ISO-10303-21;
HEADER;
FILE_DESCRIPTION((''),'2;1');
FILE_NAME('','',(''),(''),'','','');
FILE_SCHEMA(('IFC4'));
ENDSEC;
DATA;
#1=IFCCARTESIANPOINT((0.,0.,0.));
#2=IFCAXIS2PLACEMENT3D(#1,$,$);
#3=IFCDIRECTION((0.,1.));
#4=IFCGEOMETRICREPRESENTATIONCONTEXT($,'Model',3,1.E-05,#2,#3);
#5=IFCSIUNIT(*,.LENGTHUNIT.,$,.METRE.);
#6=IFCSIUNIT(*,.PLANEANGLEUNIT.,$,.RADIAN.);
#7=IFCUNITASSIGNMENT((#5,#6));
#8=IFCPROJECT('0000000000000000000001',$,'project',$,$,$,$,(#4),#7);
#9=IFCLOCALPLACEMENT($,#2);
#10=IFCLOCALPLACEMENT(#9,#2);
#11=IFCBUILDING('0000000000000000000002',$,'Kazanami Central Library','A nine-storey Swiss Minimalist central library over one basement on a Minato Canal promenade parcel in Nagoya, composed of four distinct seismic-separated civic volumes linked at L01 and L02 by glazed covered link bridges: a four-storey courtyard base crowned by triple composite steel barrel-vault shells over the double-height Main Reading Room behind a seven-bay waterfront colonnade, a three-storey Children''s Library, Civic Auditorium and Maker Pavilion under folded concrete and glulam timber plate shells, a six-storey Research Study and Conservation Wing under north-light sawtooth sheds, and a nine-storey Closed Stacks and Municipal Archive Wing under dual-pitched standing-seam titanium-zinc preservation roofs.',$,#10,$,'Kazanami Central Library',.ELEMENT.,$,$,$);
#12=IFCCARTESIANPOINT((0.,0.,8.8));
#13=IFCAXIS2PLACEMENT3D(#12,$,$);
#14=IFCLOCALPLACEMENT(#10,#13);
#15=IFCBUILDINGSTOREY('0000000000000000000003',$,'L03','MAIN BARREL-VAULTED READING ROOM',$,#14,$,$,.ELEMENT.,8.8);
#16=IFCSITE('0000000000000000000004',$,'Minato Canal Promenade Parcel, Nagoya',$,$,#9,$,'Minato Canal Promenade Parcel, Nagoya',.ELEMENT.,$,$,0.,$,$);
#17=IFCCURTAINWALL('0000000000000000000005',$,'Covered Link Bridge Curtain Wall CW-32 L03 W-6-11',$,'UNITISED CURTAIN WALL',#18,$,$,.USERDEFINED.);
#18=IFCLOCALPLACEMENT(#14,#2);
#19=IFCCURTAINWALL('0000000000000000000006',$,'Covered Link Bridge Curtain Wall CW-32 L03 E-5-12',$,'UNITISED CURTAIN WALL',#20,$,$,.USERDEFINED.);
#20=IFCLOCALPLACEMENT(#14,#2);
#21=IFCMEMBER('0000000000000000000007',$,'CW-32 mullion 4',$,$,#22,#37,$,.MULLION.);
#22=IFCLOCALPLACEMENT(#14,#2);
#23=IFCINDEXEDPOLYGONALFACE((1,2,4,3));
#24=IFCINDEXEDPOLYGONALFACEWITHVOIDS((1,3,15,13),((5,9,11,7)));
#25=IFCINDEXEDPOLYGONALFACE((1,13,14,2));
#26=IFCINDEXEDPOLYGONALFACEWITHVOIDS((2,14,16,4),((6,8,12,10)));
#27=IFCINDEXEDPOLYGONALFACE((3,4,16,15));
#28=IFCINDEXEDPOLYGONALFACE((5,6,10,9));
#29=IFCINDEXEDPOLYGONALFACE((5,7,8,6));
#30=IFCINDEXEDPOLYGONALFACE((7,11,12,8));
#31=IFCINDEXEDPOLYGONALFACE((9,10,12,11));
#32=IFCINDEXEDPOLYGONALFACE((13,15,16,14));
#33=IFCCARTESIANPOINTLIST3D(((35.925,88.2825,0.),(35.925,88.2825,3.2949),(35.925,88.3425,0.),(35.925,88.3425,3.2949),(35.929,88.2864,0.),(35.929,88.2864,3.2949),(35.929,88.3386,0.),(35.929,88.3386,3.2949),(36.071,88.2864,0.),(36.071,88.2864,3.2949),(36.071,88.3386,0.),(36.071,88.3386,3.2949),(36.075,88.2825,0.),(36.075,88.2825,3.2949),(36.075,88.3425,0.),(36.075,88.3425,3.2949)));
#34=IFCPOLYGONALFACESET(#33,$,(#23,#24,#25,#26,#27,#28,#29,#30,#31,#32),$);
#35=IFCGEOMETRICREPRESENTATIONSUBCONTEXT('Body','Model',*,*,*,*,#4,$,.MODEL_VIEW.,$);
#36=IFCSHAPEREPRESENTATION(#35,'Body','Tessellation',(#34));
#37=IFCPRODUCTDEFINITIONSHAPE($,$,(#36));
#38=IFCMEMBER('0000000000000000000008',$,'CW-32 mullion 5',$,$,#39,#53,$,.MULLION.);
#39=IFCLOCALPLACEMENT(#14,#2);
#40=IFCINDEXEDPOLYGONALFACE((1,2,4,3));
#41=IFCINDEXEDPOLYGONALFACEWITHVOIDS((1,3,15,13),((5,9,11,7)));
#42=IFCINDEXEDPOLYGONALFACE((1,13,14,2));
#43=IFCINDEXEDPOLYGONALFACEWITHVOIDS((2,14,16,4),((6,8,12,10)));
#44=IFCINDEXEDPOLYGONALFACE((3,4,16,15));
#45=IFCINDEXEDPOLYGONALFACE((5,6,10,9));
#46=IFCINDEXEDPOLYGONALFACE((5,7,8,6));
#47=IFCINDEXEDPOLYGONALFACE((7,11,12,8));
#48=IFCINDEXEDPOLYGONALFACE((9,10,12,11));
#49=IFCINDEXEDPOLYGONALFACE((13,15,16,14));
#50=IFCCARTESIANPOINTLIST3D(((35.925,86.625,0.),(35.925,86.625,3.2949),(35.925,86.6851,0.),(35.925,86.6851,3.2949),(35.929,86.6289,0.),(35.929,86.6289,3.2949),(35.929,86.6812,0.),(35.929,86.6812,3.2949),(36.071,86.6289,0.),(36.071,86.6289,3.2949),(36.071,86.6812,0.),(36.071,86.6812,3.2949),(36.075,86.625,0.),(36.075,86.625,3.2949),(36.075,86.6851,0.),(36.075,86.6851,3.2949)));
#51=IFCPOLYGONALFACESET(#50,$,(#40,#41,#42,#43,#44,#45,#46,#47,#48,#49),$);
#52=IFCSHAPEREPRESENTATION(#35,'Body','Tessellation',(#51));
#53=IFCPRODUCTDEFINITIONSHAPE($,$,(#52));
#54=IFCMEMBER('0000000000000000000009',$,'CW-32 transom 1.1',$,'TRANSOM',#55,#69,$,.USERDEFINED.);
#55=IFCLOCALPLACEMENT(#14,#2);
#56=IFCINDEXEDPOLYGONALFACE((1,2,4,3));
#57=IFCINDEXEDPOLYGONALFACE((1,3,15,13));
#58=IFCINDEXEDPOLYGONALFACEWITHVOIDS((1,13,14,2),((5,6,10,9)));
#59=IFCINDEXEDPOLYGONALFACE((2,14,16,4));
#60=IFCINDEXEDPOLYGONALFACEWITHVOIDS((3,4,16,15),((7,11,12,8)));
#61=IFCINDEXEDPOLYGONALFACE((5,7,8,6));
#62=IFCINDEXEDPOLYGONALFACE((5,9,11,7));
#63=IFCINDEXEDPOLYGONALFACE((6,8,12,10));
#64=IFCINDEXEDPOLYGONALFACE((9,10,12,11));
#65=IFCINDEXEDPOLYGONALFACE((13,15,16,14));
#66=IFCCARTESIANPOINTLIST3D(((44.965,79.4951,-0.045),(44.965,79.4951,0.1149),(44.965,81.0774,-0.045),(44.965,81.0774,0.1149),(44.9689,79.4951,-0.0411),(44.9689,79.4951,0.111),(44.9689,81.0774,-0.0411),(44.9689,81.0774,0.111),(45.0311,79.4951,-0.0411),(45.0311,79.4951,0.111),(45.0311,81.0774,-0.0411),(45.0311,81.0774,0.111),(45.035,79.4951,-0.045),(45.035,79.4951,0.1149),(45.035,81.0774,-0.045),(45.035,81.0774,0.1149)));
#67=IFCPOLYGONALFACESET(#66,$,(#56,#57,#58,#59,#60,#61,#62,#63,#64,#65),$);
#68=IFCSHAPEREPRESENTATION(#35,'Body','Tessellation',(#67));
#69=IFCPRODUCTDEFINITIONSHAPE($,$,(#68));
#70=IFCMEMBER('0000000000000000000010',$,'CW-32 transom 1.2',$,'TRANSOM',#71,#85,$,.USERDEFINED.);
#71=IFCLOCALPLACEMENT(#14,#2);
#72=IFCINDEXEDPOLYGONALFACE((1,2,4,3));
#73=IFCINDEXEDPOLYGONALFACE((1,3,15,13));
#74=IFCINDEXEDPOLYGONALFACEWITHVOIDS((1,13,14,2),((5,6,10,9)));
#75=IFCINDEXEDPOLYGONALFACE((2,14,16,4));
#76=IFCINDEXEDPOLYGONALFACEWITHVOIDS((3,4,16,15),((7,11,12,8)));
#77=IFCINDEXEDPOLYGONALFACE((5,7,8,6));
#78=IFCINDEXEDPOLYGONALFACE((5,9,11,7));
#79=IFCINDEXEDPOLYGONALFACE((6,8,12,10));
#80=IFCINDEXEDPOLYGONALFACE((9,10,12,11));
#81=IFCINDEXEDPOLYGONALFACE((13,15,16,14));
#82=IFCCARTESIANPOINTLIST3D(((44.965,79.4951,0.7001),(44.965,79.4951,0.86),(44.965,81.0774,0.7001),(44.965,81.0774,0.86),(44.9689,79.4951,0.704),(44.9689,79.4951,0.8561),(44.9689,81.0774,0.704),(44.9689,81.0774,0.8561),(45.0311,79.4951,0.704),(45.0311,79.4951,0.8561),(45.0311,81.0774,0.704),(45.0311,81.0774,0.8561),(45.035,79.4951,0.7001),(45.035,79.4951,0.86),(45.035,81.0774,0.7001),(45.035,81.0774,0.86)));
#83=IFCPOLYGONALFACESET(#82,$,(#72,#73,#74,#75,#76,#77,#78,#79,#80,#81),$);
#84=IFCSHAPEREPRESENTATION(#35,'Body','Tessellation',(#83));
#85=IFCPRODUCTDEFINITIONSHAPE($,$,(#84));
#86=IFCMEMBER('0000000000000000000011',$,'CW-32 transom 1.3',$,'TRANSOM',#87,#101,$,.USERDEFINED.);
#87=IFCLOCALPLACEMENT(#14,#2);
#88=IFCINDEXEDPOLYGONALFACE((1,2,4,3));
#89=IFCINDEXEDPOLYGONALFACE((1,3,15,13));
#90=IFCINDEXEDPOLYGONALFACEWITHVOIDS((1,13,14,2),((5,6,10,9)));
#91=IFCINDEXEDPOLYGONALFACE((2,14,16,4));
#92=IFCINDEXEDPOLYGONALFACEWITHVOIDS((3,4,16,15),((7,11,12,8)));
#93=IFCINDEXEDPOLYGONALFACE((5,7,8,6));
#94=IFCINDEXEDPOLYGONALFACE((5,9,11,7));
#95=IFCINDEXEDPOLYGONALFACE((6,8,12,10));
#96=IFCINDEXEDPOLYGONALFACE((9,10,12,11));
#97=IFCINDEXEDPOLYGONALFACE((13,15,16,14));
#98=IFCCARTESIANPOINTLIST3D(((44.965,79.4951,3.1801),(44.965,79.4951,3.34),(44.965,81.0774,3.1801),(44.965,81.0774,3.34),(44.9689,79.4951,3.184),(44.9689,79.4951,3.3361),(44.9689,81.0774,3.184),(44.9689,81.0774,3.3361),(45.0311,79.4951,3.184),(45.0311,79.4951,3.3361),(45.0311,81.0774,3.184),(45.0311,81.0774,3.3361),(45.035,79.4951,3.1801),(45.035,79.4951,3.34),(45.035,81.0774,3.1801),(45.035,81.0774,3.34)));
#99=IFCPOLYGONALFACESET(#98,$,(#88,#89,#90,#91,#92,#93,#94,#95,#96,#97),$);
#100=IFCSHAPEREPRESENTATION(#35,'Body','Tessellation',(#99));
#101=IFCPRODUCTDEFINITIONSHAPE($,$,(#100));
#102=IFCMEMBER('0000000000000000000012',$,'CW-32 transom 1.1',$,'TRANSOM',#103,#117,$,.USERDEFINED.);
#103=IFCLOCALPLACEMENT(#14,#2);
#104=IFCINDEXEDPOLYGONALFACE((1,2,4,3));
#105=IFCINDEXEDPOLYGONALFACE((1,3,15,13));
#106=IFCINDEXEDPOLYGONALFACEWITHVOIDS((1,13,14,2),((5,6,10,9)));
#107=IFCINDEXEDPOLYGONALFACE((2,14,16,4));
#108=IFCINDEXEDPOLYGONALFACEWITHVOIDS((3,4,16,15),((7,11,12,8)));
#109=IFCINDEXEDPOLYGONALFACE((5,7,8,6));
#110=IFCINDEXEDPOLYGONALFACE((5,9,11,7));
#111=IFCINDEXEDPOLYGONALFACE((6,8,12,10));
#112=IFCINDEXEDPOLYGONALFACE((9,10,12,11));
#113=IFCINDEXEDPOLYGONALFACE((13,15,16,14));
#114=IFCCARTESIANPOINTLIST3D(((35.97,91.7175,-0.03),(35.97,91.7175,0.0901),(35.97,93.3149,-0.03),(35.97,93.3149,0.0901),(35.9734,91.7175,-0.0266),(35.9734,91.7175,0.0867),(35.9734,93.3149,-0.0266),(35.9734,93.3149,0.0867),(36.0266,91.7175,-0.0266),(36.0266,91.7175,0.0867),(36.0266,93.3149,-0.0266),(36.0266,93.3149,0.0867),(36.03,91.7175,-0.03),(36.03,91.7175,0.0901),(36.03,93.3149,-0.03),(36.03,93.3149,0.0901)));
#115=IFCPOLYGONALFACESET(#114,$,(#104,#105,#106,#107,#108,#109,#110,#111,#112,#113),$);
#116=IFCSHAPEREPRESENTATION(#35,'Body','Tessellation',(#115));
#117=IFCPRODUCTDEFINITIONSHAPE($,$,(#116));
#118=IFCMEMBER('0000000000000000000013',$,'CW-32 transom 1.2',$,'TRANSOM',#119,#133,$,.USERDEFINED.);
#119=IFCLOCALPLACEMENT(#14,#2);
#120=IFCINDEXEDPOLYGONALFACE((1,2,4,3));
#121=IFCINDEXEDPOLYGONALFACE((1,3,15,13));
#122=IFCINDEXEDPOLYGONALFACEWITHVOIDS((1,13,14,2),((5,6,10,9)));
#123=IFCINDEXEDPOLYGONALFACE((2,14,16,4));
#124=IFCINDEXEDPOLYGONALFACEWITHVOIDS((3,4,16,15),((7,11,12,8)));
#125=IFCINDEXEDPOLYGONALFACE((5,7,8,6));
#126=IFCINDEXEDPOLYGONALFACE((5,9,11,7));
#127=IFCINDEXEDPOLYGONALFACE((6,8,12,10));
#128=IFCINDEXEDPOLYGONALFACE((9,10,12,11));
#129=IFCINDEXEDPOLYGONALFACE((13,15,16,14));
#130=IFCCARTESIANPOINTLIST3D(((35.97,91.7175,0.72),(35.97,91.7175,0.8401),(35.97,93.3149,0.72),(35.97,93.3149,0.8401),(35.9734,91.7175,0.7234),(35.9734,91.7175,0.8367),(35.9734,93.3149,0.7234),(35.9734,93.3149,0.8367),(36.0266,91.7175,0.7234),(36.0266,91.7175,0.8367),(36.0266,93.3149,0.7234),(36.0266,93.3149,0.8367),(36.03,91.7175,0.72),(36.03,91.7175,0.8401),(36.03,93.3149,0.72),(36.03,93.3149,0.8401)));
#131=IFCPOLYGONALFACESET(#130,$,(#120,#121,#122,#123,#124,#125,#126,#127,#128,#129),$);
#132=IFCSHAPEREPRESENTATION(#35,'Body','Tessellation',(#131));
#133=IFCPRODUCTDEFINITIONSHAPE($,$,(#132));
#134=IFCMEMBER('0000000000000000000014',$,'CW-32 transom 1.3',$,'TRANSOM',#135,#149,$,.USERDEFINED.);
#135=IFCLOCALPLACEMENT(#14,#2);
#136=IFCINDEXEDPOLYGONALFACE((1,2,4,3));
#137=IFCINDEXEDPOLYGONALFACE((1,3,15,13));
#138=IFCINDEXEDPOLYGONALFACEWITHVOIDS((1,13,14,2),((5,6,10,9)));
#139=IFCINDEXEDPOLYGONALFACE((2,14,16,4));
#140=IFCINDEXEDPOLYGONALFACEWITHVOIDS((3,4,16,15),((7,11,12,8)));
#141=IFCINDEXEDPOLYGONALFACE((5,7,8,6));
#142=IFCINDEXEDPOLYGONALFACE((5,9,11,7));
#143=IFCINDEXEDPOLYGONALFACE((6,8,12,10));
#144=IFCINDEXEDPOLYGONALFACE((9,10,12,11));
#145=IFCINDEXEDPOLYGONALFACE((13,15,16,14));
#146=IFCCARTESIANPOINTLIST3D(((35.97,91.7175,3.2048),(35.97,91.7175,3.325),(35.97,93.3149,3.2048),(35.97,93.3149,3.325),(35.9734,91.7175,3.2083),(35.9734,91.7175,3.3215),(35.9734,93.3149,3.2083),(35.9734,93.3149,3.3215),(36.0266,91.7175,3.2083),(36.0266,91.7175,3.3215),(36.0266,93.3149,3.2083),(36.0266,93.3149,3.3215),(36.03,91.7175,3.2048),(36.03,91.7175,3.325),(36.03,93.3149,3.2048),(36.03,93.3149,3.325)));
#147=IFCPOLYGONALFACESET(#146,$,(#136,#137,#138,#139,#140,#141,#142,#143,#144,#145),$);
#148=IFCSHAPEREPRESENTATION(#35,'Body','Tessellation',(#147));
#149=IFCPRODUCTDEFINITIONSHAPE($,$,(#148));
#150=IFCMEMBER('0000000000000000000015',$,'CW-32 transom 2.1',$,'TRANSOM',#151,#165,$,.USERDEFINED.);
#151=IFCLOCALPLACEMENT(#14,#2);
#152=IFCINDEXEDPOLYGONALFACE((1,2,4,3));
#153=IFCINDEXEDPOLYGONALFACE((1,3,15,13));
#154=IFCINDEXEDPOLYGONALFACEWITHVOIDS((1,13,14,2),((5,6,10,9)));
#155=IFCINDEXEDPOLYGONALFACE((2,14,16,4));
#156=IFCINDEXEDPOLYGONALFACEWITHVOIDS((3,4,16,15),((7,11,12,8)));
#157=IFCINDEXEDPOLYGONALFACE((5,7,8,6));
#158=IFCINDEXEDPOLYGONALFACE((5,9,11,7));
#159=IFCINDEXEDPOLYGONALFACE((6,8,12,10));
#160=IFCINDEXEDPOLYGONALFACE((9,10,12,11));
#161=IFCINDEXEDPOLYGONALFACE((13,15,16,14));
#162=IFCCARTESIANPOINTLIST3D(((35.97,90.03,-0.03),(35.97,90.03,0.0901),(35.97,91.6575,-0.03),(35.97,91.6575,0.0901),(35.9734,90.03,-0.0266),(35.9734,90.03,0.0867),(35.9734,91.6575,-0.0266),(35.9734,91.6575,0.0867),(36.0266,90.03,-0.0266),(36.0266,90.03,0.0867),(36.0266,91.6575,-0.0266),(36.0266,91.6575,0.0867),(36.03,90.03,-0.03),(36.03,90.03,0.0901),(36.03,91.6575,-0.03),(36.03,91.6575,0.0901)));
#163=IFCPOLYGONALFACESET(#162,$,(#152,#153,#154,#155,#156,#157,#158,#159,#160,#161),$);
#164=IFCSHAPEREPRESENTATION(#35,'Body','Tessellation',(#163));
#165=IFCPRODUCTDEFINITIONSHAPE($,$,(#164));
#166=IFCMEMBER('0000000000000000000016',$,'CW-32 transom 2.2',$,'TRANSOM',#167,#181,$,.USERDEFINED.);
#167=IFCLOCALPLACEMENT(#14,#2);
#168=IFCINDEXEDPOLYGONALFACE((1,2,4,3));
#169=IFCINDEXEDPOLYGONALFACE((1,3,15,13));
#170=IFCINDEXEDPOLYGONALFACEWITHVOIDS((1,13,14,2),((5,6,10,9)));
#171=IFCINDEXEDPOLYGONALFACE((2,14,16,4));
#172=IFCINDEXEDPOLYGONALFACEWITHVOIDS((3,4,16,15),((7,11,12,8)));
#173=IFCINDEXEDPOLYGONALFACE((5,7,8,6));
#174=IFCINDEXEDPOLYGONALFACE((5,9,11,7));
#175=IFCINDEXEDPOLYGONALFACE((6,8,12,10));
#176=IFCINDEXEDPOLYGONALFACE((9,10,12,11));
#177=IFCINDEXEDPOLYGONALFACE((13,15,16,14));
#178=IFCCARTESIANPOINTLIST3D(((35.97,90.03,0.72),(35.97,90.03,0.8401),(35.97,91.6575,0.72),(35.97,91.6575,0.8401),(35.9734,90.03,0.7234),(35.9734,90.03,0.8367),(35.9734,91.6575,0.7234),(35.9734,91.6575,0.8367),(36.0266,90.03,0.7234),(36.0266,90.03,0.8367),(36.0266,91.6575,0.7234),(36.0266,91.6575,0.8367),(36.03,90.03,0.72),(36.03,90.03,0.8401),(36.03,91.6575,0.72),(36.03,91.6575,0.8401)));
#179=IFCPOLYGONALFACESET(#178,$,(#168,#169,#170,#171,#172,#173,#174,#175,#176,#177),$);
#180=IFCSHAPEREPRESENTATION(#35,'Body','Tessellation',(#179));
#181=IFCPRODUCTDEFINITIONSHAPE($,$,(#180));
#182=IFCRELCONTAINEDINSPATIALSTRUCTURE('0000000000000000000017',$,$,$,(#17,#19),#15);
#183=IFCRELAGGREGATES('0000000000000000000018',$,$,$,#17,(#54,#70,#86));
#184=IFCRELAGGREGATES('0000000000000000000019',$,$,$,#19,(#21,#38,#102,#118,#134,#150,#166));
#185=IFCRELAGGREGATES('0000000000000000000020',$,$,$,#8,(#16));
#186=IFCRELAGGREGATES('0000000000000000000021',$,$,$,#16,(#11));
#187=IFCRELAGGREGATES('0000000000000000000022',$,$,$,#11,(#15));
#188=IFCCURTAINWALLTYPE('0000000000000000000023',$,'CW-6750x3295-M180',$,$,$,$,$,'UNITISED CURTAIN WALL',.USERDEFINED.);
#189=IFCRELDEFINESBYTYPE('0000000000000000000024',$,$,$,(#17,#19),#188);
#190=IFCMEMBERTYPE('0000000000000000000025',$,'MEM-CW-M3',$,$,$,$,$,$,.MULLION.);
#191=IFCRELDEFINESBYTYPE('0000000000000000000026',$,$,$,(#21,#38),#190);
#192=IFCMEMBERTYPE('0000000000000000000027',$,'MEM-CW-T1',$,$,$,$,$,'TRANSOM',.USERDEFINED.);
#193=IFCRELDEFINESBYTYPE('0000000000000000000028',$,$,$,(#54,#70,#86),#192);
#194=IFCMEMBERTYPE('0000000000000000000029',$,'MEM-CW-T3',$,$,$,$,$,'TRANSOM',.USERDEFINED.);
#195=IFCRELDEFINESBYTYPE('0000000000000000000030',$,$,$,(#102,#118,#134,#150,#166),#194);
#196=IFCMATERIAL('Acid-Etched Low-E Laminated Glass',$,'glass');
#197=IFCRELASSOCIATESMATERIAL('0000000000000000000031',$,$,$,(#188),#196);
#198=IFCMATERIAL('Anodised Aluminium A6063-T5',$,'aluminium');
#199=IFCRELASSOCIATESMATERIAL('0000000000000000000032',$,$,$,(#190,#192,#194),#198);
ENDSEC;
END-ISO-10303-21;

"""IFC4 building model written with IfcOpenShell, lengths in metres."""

from ifc_helpers import new_model, si_unit, direction, frame, origin, origin_2d, place, context, subcontext, project, spatial, hollow_rectangle, extrude, material, material_profile, profile_set, type_object, element, aggregate, save


model = new_model("IFC4")

# Units and contexts
model_context = context("Model", 3, precision=1e-05, world=origin(), true_north=direction((0.0, 1.0)))
body_context = subcontext(model_context, "Body", "Model", "MODEL_VIEW")
ifc_project = project(units=[si_unit("LENGTHUNIT", "METRE"), si_unit("PLANEANGLEUNIT", "RADIAN")], contexts=[model_context])

# Site, building, storey
site_placement = place(None, origin())
site = spatial("IfcSite", under=ifc_project, at=site_placement, Name="Minato Canal Promenade Parcel, Nagoya", LongName="Minato Canal Promenade Parcel, Nagoya", CompositionType="ELEMENT", RefElevation=0.0)
building_placement = place(site_placement, origin())
building = spatial("IfcBuilding", under=site, at=building_placement, Name="Kazanami Central Library", Description="A nine-storey Swiss Minimalist central library over one basement on a Minato Canal promenade parcel in Nagoya, composed of four distinct seismic-separated civic volumes linked at L01 and L02 by glazed covered link bridges: a four-storey courtyard base crowned by triple composite steel barrel-vault shells over the double-height Main Reading Room behind a seven-bay waterfront colonnade, a three-storey Children's Library, Civic Auditorium and Maker Pavilion under folded concrete and glulam timber plate shells, a six-storey Research Study and Conservation Wing under north-light sawtooth sheds, and a nine-storey Closed Stacks and Municipal Archive Wing under dual-pitched standing-seam titanium-zinc preservation roofs.", LongName="Kazanami Central Library", CompositionType="ELEMENT")
storey_placement = place(building_placement, frame((0.0, 0.0, 8.8)))
storey = spatial("IfcBuildingStorey", under=building, at=storey_placement, Name="L03", Description="MAIN BARREL-VAULTED READING ROOM", CompositionType="ELEMENT", Elevation=8.8)

# Curtain wall
ifc_material_1 = material(Name="Acid-Etched Low-E Laminated Glass", Category="glass")
curtain_wall_type = type_object("IfcCurtainWallType", Name="CW-6750x3295-M180", ElementType="UNITISED CURTAIN WALL", PredefinedType="USERDEFINED", material=ifc_material_1)
curtain_wall_1_placement = place(storey_placement, origin())
curtain_wall_1 = element("IfcCurtainWall", 1, at=curtain_wall_1_placement, inside=storey, type_object=curtain_wall_type, Name="Covered Link Bridge Curtain Wall CW-32 L03 W-6-11", ObjectType="UNITISED CURTAIN WALL", PredefinedType="USERDEFINED")
ifc_material_2 = material(Name="Anodised Aluminium A6063-T5", Category="aluminium")

# Curtain wall, members
curtain_wall_2_placement = place(storey_placement, origin())
curtain_wall_2 = element("IfcCurtainWall", 2, at=curtain_wall_2_placement, inside=storey, type_object=curtain_wall_type, Name="Covered Link Bridge Curtain Wall CW-32 L03 E-5-12", ObjectType="UNITISED CURTAIN WALL", PredefinedType="USERDEFINED")
ifc_material_profile_1 = material_profile(ifc_material_2, hollow_rectangle(XDim=0.0601, YDim=0.1499, WallThickness=0.0039, at=origin_2d()), Name="ALU-MULL-60x150x4")
ifc_profile_set_1 = profile_set([ifc_material_profile_1], Name="Anodised Aluminium A6063-T5")
member_type_1 = type_object("IfcMemberType", Name="MEM-CW-M3", PredefinedType="MULLION", material=ifc_profile_set_1)
member_1_placement = place(storey_placement, frame((36.0, 88.3125, 0.0), z_axis=(0.0, 0.0, 1.0), x_axis=(0.0, -1.0, 0.0)))
member_1 = element("IfcMember", 3, at=member_1_placement, type_object=member_type_1, Name="CW-32 mullion 4", PredefinedType="MULLION", context=body_context, shape_type="SweptSolid", body=[
    extrude(hollow_rectangle(XDim=0.0601, YDim=0.1499, WallThickness=0.0039, at=origin_2d()), origin(), (0.0, 0.0, 1.0), 3.2949),
])
member_2_placement = place(storey_placement, frame((36.0, 86.655, 0.0), z_axis=(0.0, 0.0, 1.0), x_axis=(0.0, -1.0, 0.0)))
member_2 = element("IfcMember", 4, at=member_2_placement, type_object=member_type_1, Name="CW-32 mullion 5", PredefinedType="MULLION", context=body_context, shape_type="SweptSolid", body=[
    extrude(hollow_rectangle(XDim=0.0601, YDim=0.1499, WallThickness=0.0039, at=origin_2d()), origin(), (0.0, 0.0, 1.0), 3.2949),
])

# Members
ifc_material_profile_2 = material_profile(ifc_material_2, hollow_rectangle(XDim=0.0701, YDim=0.1599, WallThickness=0.0039, at=origin_2d()), Name="ALU-TRAN-70x160x4")
ifc_profile_set_2 = profile_set([ifc_material_profile_2], Name="Anodised Aluminium A6063-T5")
member_type_2 = type_object("IfcMemberType", Name="MEM-CW-T1", ElementType="TRANSOM", PredefinedType="USERDEFINED", material=ifc_profile_set_2)
member_3_placement = place(storey_placement, frame((45.0, 79.4951, 0.0349), z_axis=(0.0, 1.0, 0.0), x_axis=(-1.0, 0.0, 0.0)))
member_3 = element("IfcMember", 5, at=member_3_placement, type_object=member_type_2, Name="CW-32 transom 1.1", ObjectType="TRANSOM", PredefinedType="USERDEFINED", context=body_context, shape_type="SweptSolid", body=[
    extrude(hollow_rectangle(XDim=0.0701, YDim=0.1599, WallThickness=0.0039, at=origin_2d()), origin(), (0.0, 0.0, 1.0), 1.5823),
])
member_4_placement = place(storey_placement, frame((45.0, 79.4951, 0.78), z_axis=(0.0, 1.0, 0.0), x_axis=(-1.0, 0.0, 0.0)))
member_4 = element("IfcMember", 6, at=member_4_placement, type_object=member_type_2, Name="CW-32 transom 1.2", ObjectType="TRANSOM", PredefinedType="USERDEFINED", context=body_context, shape_type="SweptSolid", body=[
    extrude(hollow_rectangle(XDim=0.0701, YDim=0.1599, WallThickness=0.0039, at=origin_2d()), origin(), (0.0, 0.0, 1.0), 1.5823),
])
member_5_placement = place(storey_placement, frame((45.0, 79.4951, 3.26), z_axis=(0.0, 1.0, 0.0), x_axis=(-1.0, 0.0, 0.0)))
member_5 = element("IfcMember", 7, at=member_5_placement, type_object=member_type_2, Name="CW-32 transom 1.3", ObjectType="TRANSOM", PredefinedType="USERDEFINED", context=body_context, shape_type="SweptSolid", body=[
    extrude(hollow_rectangle(XDim=0.0701, YDim=0.1599, WallThickness=0.0039, at=origin_2d()), origin(), (0.0, 0.0, 1.0), 1.5823),
])
aggregate(curtain_wall_1, [member_3, member_4, member_5])
ifc_material_profile_3 = material_profile(ifc_material_2, hollow_rectangle(XDim=0.0601, YDim=0.1201, WallThickness=0.0034, at=origin_2d()), Name="ALU-TRAN-60x120x3.5")
ifc_profile_set_3 = profile_set([ifc_material_profile_3], Name="Anodised Aluminium A6063-T5")
member_type_3 = type_object("IfcMemberType", Name="MEM-CW-T3", ElementType="TRANSOM", PredefinedType="USERDEFINED", material=ifc_profile_set_3)
member_6_placement = place(storey_placement, frame((36.0, 93.3149, 0.03), z_axis=(0.0, -1.0, 0.0), x_axis=(1.0, 0.0, 0.0)))
member_6 = element("IfcMember", 8, at=member_6_placement, type_object=member_type_3, Name="CW-32 transom 1.1", ObjectType="TRANSOM", PredefinedType="USERDEFINED", context=body_context, shape_type="SweptSolid", body=[
    extrude(hollow_rectangle(XDim=0.0601, YDim=0.1201, WallThickness=0.0034, at=origin_2d()), origin(), (0.0, 0.0, 1.0), 1.5974),
])
member_7_placement = place(storey_placement, frame((36.0, 93.3149, 0.78), z_axis=(0.0, -1.0, 0.0), x_axis=(1.0, 0.0, 0.0)))
member_7 = element("IfcMember", 9, at=member_7_placement, type_object=member_type_3, Name="CW-32 transom 1.2", ObjectType="TRANSOM", PredefinedType="USERDEFINED", context=body_context, shape_type="SweptSolid", body=[
    extrude(hollow_rectangle(XDim=0.0601, YDim=0.1201, WallThickness=0.0034, at=origin_2d()), origin(), (0.0, 0.0, 1.0), 1.5974),
])
member_8_placement = place(storey_placement, frame((36.0, 93.3149, 3.2649), z_axis=(0.0, -1.0, 0.0), x_axis=(1.0, 0.0, 0.0)))
member_8 = element("IfcMember", 10, at=member_8_placement, type_object=member_type_3, Name="CW-32 transom 1.3", ObjectType="TRANSOM", PredefinedType="USERDEFINED", context=body_context, shape_type="SweptSolid", body=[
    extrude(hollow_rectangle(XDim=0.0601, YDim=0.1201, WallThickness=0.0034, at=origin_2d()), origin(), (0.0, 0.0, 1.0), 1.5974),
])
member_9_placement = place(storey_placement, frame((36.0, 91.6575, 0.03), z_axis=(0.0, -1.0, 0.0), x_axis=(1.0, 0.0, 0.0)))
member_9 = element("IfcMember", 11, at=member_9_placement, type_object=member_type_3, Name="CW-32 transom 2.1", ObjectType="TRANSOM", PredefinedType="USERDEFINED", context=body_context, shape_type="SweptSolid", body=[
    extrude(hollow_rectangle(XDim=0.0601, YDim=0.1201, WallThickness=0.0034, at=origin_2d()), origin(), (0.0, 0.0, 1.0), 1.6274),
])
member_10_placement = place(storey_placement, frame((36.0, 91.6575, 0.78), z_axis=(0.0, -1.0, 0.0), x_axis=(1.0, 0.0, 0.0)))
member_10 = element("IfcMember", 12, at=member_10_placement, type_object=member_type_3, Name="CW-32 transom 2.2", ObjectType="TRANSOM", PredefinedType="USERDEFINED", context=body_context, shape_type="SweptSolid", body=[
    extrude(hollow_rectangle(XDim=0.0601, YDim=0.1201, WallThickness=0.0034, at=origin_2d()), origin(), (0.0, 0.0, 1.0), 1.6274),
])

aggregate(curtain_wall_2, [member_1, member_2, member_6, member_7, member_8, member_9, member_10])

save(model, "model.ifc")
